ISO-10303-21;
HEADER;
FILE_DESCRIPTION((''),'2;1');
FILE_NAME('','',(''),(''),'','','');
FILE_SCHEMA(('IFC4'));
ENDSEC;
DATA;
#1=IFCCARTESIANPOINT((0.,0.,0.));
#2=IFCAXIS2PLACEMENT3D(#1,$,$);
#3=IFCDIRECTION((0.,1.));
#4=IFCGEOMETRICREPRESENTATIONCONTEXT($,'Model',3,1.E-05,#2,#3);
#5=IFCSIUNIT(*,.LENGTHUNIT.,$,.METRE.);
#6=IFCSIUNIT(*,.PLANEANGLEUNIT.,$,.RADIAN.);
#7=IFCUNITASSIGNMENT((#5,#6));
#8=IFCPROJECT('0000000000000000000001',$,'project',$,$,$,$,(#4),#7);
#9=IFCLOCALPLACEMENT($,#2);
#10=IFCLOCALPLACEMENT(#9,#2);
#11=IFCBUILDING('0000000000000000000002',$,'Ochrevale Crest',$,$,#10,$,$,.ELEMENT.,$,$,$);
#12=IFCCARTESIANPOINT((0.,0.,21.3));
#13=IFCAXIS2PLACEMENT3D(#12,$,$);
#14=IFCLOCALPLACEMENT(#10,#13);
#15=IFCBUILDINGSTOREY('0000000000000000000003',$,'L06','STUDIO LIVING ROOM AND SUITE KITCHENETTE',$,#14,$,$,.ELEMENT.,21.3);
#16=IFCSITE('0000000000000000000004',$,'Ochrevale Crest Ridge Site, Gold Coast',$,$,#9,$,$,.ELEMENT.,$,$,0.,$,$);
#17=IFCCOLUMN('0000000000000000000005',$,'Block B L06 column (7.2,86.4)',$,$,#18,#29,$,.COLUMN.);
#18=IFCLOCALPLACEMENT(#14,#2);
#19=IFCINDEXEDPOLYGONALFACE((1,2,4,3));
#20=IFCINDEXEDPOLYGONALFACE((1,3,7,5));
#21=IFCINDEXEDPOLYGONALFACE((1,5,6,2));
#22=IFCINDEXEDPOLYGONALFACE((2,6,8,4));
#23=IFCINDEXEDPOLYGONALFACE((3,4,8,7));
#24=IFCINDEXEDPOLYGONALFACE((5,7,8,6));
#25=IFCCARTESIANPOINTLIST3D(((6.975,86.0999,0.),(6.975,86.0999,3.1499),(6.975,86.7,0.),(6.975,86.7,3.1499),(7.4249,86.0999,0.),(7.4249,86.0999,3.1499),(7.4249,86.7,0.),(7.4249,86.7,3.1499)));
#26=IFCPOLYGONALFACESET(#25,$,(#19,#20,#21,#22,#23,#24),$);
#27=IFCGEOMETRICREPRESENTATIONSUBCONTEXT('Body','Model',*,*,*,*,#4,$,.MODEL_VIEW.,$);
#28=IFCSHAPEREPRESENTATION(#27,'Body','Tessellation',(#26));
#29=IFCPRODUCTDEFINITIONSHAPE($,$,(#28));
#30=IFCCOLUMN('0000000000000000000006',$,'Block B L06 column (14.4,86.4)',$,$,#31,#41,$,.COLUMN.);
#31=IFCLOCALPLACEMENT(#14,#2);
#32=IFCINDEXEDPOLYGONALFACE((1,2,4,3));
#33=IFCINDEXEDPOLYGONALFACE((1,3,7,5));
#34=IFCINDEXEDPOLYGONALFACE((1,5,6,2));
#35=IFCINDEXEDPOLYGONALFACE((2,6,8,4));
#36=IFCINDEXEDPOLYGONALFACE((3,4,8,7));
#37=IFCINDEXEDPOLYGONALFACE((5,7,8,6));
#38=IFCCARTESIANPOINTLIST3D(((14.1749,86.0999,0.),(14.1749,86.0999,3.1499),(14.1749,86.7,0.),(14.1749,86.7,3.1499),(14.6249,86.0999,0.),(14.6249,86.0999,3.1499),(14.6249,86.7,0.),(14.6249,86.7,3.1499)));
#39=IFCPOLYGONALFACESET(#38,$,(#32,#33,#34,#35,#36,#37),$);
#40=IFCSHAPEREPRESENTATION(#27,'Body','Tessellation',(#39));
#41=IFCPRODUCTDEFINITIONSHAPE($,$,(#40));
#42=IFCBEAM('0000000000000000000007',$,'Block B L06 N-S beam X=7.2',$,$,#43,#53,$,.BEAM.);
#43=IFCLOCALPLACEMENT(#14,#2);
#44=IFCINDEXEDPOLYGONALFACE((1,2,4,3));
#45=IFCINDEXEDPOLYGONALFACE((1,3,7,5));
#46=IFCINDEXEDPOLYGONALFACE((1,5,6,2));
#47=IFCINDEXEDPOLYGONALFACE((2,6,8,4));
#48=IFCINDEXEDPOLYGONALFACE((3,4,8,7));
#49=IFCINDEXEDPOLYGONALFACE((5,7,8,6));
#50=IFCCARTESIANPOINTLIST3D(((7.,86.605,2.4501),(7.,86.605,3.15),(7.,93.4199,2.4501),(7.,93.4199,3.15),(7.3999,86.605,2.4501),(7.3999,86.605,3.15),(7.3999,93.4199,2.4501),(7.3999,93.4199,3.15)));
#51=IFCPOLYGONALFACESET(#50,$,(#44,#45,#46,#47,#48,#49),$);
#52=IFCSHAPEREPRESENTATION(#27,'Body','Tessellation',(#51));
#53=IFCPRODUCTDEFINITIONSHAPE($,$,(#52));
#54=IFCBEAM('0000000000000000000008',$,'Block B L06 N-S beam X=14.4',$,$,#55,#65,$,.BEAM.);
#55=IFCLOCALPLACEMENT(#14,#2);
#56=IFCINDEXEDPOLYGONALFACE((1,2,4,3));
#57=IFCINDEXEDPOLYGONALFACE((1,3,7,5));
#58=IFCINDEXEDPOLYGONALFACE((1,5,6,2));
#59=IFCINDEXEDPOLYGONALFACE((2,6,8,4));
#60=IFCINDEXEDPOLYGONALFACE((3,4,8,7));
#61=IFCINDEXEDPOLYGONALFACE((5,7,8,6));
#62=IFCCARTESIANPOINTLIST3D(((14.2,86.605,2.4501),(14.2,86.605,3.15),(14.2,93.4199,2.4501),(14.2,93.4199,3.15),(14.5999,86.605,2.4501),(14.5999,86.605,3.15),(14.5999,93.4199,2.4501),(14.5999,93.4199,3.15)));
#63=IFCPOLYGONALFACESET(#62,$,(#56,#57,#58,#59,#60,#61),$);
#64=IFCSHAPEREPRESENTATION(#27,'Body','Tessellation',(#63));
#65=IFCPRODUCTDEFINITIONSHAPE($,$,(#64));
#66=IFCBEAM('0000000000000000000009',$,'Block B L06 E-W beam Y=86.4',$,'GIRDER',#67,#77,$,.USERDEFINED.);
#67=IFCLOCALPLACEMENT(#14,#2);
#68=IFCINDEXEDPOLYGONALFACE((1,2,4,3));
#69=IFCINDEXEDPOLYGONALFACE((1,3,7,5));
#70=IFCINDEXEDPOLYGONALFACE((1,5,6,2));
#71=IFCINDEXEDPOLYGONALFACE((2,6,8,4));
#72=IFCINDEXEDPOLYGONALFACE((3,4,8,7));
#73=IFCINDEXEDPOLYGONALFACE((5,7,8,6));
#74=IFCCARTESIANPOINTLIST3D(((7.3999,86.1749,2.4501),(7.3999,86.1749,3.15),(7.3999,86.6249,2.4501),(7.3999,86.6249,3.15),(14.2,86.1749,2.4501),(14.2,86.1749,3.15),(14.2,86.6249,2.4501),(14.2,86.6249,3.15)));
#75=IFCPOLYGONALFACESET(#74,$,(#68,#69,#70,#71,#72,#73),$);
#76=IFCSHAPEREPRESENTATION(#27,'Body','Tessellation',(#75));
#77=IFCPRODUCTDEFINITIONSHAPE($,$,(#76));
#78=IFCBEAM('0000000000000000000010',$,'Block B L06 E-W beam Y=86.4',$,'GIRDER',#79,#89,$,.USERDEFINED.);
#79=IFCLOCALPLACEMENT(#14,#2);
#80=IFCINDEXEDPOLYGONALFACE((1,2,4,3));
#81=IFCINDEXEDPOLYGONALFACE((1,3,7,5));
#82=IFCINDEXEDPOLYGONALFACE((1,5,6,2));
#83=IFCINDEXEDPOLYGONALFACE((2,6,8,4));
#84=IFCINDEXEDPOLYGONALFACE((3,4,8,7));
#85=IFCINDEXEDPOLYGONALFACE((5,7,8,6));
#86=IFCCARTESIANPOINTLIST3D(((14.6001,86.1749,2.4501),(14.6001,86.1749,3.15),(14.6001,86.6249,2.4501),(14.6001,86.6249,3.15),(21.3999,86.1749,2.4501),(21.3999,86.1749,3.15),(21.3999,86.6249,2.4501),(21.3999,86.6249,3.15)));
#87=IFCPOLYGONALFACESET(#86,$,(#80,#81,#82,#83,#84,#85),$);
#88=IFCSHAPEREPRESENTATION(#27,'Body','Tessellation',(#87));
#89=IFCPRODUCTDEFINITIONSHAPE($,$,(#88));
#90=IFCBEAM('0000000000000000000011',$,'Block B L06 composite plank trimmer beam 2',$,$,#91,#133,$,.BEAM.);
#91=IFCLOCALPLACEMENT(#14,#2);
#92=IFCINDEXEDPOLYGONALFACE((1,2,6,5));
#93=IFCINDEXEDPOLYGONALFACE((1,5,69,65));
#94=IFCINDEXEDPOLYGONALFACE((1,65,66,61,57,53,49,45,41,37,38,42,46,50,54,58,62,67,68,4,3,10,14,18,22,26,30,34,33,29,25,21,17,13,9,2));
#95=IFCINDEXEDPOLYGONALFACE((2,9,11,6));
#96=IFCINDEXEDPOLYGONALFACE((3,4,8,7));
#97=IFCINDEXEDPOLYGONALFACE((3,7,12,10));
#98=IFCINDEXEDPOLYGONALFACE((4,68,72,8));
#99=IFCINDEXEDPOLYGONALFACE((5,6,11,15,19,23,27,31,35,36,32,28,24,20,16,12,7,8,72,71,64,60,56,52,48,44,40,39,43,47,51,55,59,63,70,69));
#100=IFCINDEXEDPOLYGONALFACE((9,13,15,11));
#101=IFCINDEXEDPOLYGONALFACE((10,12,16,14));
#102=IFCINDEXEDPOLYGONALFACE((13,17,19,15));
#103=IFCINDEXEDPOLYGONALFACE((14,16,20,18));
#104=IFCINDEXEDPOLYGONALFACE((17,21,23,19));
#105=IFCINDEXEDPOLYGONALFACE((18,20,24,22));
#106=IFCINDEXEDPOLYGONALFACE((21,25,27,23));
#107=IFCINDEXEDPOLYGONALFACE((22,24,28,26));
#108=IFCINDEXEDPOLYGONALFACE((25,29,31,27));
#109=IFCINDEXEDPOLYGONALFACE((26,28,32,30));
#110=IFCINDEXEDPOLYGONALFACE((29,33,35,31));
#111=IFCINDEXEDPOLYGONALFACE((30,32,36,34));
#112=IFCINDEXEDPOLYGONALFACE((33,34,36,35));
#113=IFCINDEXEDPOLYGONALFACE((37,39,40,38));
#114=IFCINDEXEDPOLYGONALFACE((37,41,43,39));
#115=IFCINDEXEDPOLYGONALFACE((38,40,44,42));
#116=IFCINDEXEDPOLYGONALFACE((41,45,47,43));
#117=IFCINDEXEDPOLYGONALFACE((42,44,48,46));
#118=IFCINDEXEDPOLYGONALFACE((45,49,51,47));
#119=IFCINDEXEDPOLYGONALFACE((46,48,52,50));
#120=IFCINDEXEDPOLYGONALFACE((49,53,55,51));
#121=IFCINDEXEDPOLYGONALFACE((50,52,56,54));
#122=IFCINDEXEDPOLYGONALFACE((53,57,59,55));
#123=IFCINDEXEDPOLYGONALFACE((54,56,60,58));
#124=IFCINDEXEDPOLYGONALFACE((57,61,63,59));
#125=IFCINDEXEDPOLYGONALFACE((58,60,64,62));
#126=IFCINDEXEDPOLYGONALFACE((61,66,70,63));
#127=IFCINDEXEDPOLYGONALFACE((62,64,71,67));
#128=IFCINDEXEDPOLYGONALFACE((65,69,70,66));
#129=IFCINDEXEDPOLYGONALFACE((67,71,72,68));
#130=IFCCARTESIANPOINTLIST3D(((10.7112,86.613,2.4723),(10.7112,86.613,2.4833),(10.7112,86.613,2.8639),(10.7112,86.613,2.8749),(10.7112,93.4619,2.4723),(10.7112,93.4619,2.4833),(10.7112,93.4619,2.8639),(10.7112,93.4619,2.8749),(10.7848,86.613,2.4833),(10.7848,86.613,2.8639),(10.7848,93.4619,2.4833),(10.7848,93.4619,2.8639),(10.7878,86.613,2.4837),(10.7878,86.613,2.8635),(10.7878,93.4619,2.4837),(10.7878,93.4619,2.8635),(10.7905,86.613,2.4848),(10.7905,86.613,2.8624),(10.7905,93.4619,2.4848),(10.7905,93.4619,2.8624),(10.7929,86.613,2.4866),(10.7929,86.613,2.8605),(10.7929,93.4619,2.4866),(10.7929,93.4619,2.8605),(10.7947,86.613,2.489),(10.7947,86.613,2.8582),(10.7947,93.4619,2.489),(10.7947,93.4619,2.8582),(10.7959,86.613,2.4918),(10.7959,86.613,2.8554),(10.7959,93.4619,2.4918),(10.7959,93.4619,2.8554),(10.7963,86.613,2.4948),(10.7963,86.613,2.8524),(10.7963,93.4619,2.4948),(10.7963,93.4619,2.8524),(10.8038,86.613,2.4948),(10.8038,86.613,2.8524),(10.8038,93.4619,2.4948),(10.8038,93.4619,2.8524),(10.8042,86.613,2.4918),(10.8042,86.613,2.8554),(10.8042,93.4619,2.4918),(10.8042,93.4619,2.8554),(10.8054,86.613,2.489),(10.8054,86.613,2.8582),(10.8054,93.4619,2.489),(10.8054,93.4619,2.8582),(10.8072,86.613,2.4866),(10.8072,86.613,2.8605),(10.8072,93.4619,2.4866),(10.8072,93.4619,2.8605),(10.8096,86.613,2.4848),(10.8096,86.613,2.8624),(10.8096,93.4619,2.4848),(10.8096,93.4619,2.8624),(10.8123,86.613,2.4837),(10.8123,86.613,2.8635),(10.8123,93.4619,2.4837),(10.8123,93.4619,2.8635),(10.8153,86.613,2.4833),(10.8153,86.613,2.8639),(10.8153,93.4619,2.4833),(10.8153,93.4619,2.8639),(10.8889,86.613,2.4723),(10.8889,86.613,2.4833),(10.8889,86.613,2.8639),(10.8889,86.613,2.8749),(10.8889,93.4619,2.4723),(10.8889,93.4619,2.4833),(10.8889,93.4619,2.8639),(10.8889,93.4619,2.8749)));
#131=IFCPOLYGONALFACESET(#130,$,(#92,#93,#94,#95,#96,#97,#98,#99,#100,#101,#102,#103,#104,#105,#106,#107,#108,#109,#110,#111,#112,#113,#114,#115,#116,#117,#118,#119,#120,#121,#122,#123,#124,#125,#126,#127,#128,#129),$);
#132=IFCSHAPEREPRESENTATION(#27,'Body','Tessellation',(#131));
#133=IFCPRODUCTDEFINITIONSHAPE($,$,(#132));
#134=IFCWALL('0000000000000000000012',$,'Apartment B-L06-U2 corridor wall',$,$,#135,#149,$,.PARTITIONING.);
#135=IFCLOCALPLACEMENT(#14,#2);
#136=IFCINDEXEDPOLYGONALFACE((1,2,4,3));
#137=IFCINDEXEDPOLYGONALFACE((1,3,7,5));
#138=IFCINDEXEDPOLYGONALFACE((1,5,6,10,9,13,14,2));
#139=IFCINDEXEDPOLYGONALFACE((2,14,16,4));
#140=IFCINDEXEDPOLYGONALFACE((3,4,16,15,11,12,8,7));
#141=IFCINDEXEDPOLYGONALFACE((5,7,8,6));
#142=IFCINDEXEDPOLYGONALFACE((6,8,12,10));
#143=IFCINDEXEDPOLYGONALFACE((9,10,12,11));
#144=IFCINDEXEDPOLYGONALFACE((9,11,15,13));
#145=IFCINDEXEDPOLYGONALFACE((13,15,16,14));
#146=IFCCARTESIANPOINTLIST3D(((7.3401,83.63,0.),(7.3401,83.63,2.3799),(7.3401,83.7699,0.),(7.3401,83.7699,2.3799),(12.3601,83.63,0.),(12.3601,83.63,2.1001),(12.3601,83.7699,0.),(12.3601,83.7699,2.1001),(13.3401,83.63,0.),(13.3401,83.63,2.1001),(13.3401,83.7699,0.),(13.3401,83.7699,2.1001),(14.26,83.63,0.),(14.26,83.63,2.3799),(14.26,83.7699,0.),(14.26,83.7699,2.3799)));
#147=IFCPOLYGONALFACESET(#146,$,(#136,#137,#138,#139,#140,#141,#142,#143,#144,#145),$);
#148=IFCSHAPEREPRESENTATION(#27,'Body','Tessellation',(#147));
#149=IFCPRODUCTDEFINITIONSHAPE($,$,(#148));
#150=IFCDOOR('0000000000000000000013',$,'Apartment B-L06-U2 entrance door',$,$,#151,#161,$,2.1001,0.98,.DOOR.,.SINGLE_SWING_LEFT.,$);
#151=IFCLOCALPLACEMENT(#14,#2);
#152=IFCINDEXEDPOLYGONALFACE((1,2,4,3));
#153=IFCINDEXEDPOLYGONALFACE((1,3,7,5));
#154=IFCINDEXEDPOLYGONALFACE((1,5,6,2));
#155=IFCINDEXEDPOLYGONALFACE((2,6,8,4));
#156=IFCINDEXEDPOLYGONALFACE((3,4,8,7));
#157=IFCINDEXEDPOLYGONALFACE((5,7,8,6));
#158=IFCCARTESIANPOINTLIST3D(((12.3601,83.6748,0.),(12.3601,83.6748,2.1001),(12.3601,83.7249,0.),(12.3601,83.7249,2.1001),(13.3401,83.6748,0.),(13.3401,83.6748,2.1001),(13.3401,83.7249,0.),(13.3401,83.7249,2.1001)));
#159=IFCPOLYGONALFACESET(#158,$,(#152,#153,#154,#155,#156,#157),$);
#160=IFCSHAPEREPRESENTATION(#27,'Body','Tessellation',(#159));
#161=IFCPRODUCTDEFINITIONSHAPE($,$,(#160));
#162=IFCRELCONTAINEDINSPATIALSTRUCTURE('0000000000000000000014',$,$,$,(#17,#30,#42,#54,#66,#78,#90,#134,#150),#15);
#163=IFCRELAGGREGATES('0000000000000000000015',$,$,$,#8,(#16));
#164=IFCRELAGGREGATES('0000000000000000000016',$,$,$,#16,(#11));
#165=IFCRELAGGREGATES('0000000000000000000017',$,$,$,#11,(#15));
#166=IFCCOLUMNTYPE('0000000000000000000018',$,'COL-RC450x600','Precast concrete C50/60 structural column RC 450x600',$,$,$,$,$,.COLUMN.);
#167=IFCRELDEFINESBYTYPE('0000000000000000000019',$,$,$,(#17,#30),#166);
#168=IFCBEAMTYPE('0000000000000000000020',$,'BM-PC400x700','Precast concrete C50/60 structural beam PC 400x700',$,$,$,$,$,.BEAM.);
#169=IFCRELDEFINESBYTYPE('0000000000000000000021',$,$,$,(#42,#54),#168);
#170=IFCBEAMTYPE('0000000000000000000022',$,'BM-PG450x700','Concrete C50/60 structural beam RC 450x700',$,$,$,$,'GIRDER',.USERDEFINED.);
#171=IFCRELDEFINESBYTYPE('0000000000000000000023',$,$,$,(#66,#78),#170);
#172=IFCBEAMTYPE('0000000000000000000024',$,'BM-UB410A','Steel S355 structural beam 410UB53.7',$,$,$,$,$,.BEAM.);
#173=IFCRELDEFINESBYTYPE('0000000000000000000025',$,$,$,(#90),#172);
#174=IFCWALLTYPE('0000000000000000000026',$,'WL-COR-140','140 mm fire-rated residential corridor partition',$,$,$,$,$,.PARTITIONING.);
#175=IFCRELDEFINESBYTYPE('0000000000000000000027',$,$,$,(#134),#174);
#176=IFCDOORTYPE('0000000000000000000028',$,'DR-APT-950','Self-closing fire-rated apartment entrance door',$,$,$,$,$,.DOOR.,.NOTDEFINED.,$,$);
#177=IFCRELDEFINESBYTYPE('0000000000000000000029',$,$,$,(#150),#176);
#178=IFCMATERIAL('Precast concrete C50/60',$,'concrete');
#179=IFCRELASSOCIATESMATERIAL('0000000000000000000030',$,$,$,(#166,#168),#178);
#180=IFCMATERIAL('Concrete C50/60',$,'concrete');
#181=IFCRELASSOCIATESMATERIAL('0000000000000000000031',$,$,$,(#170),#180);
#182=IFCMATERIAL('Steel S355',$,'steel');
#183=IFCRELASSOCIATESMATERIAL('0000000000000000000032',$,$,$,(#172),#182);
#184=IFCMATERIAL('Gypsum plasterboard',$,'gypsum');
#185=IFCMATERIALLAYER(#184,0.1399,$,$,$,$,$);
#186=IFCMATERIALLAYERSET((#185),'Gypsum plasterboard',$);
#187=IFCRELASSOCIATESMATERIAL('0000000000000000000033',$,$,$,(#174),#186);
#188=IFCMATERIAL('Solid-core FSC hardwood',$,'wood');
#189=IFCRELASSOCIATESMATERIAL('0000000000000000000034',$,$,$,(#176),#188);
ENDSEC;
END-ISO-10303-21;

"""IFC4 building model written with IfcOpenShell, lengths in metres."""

from ifc_helpers import new_model, si_unit, direction, frame, frame_2d, origin, origin_2d, place, context, subcontext, project, spatial, rectangle, i_section, extrude, material, layer, layer_set, material_profile, profile_set, type_object, element, fill, save


model = new_model("IFC4")

# Units and contexts
model_context = context("Model", 3, precision=1e-05, world=origin(), true_north=direction((0.0, 1.0)))
body_context = subcontext(model_context, "Body", "Model", "MODEL_VIEW")
ifc_project = project(units=[si_unit("LENGTHUNIT", "METRE"), si_unit("PLANEANGLEUNIT", "RADIAN")], contexts=[model_context])

# Site, building, storey
site_placement = place(None, origin())
site = spatial("IfcSite", under=ifc_project, at=site_placement, Name="Ochrevale Crest Ridge Site, Gold Coast", CompositionType="ELEMENT", RefElevation=0.0)
building_placement = place(site_placement, origin())
building = spatial("IfcBuilding", under=site, at=building_placement, Name="Ochrevale Crest", CompositionType="ELEMENT")
storey_placement = place(building_placement, frame((0.0, 0.0, 21.3)))
storey = spatial("IfcBuildingStorey", under=building, at=storey_placement, Name="L06", Description="STUDIO LIVING ROOM AND SUITE KITCHENETTE", CompositionType="ELEMENT", Elevation=21.3)

# Columns
ifc_material_1 = material(Name="Precast concrete C50/60", Category="concrete")
ifc_material_profile_1 = material_profile(ifc_material_1, rectangle(XDim=0.45, YDim=0.6001, at=origin_2d()), Name="RC 450x600")
ifc_profile_set_1 = profile_set([ifc_material_profile_1], Name="Precast concrete C50/60")
column_type = type_object("IfcColumnType", Name="COL-RC450x600", Description="Precast concrete C50/60 structural column RC 450x600", PredefinedType="COLUMN", material=ifc_profile_set_1)
for number, where, z_axis, x_axis, name in (
    (1, (7.2, 86.3999, 0.0), (0.0, 0.0, 1.0), (1.0, 0.0, 0.0), "Block B L06 column (7.2,86.4)"),
    (2, (14.3999, 86.3999, 0.0), (0.0, 0.0, 1.0), (1.0, 0.0, 0.0), "Block B L06 column (14.4,86.4)"),
):
    element("IfcColumn", number, at=place(storey_placement, frame(where, z_axis=z_axis, x_axis=x_axis)), inside=storey, type_object=column_type, Name=name, PredefinedType="COLUMN", context=body_context, shape_type="SweptSolid", body=[
        extrude(rectangle(XDim=0.45, YDim=0.6001, at=origin_2d()), origin(), (0.0, 0.0, 1.0), 3.1499),
    ])

# Beams
ifc_material_profile_2 = material_profile(ifc_material_1, rectangle(XDim=0.3999, YDim=0.7, at=origin_2d()), Name="PC 400x700")
ifc_profile_set_2 = profile_set([ifc_material_profile_2], Name="Precast concrete C50/60")
beam_type_1 = type_object("IfcBeamType", Name="BM-PC400x700", Description="Precast concrete C50/60 structural beam PC 400x700", PredefinedType="BEAM", material=ifc_profile_set_2)
for number, where, z_axis, x_axis, name in (
    (3, (7.2, 86.605, 2.8), (0.0, 1.0, 0.0), (-1.0, 0.0, 0.0), "Block B L06 N-S beam X=7.2"),
    (4, (14.3999, 86.605, 2.8), (0.0, 1.0, 0.0), (-1.0, 0.0, 0.0), "Block B L06 N-S beam X=14.4"),
):
    element("IfcBeam", number, at=place(storey_placement, frame(where, z_axis=z_axis, x_axis=x_axis)), inside=storey, type_object=beam_type_1, Name=name, PredefinedType="BEAM", context=body_context, shape_type="SweptSolid", body=[
        extrude(rectangle(XDim=0.3999, YDim=0.7, at=origin_2d()), origin(), (0.0, 0.0, 1.0), 6.8149),
    ])
ifc_material_2 = material(Name="Concrete C50/60", Category="concrete")
ifc_material_profile_3 = material_profile(ifc_material_2, rectangle(XDim=0.45, YDim=0.7, at=origin_2d()), Name="RC 450x700")
ifc_profile_set_3 = profile_set([ifc_material_profile_3], Name="Concrete C50/60")
beam_type_2 = type_object("IfcBeamType", Name="BM-PG450x700", Description="Concrete C50/60 structural beam RC 450x700", ElementType="GIRDER", PredefinedType="USERDEFINED", material=ifc_profile_set_3)
beam_1_placement = place(storey_placement, frame((7.3999, 86.3999, 2.8), z_axis=(1.0, 0.0, 0.0), x_axis=(0.0, 1.0, 0.0)))
element("IfcBeam", 5, at=beam_1_placement, inside=storey, type_object=beam_type_2, Name="Block B L06 E-W beam Y=86.4", ObjectType="GIRDER", PredefinedType="USERDEFINED", context=body_context, shape_type="SweptSolid", body=[
    extrude(rectangle(XDim=0.45, YDim=0.7, at=origin_2d()), origin(), (0.0, 0.0, 1.0), 6.8),
])
beam_2_placement = place(storey_placement, frame((14.6001, 86.3999, 2.8), z_axis=(1.0, 0.0, 0.0), x_axis=(0.0, 1.0, 0.0)))
element("IfcBeam", 6, at=beam_2_placement, inside=storey, type_object=beam_type_2, Name="Block B L06 E-W beam Y=86.4", ObjectType="GIRDER", PredefinedType="USERDEFINED", context=body_context, shape_type="SweptSolid", body=[
    extrude(rectangle(XDim=0.45, YDim=0.7, at=origin_2d()), origin(), (0.0, 0.0, 1.0), 6.7998),
])
ifc_material_3 = material(Name="Steel S355", Category="steel")
ifc_material_profile_4 = material_profile(ifc_material_3, i_section(OverallWidth=0.1777, OverallDepth=0.4026, WebThickness=0.0076, FlangeThickness=0.011, FilletRadius=0.0115, at=origin_2d()), Name="410UB53.7")
ifc_profile_set_4 = profile_set([ifc_material_profile_4], Name="Steel S355")
beam_type_3 = type_object("IfcBeamType", Name="BM-UB410A", Description="Steel S355 structural beam 410UB53.7", PredefinedType="BEAM", material=ifc_profile_set_4)
beam_3_placement = place(storey_placement, frame((10.8, 86.613, 2.6736), z_axis=(0.0, 1.0, 0.0), x_axis=(-1.0, 0.0, 0.0)))
element("IfcBeam", 7, at=beam_3_placement, inside=storey, type_object=beam_type_3, Name="Block B L06 composite plank trimmer beam 2", PredefinedType="BEAM", context=body_context, shape_type="SweptSolid", body=[
    extrude(i_section(OverallWidth=0.1777, OverallDepth=0.4026, WebThickness=0.0076, FlangeThickness=0.011, FilletRadius=0.0115, at=origin_2d()), origin(), (0.0, 0.0, 1.0), 6.8489),
])

# Wall, opening, door
ifc_material_4 = material(Name="Gypsum plasterboard", Category="gypsum")
ifc_layer_1 = layer(ifc_material_4, 0.1399)
ifc_layer_set_1 = layer_set([ifc_layer_1], Name="Gypsum plasterboard")
wall_type_1 = type_object("IfcWallType", Name="WL-COR-140", Description="140 mm fire-rated residential corridor partition", PredefinedType="PARTITIONING", material=ifc_layer_set_1)
wall_1_placement = place(storey_placement, frame((7.3401, 83.7, 0.0), z_axis=(0.0, 0.0, 1.0), x_axis=(1.0, 0.0, 0.0)))
wall_1 = element("IfcWall", 8, at=wall_1_placement, inside=storey, type_object=wall_type_1, Name="Apartment B-L06-U2 corridor wall", PredefinedType="PARTITIONING", context=body_context, shape_type="SweptSolid", body=[
    extrude(rectangle(XDim=6.9199, YDim=0.1399, at=frame_2d((3.46, 0.0))), origin(), (0.0, 0.0, 1.0), 2.3799),
])
opening_1_placement = place(wall_1_placement, frame((5.02, 0.0, 0.0)))
opening_1 = element("IfcOpeningElement", 9, at=opening_1_placement, cuts=wall_1, PredefinedType="OPENING", context=body_context, shape_type="SweptSolid", body=[
    extrude(rectangle(XDim=0.98, YDim=2.1001, at=frame_2d((0.49, 1.05))), frame((0.0, 0.0801, 0.0), z_axis=(0.0, -1.0, 0.0), x_axis=(1.0, 0.0, 0.0)), (0.0, 0.0, 1.0), 0.1599),
])
ifc_material_5 = material(Name="Solid-core FSC hardwood", Category="wood")
door_type_1 = type_object("IfcDoorType", Name="DR-APT-950", Description="Self-closing fire-rated apartment entrance door", OperationType="NOTDEFINED", PredefinedType="DOOR", material=ifc_material_5)
door_1_placement = place(opening_1_placement, origin())
door_1 = element("IfcDoor", 10, at=door_1_placement, inside=storey, type_object=door_type_1, Name="Apartment B-L06-U2 entrance door", OperationType="SINGLE_SWING_LEFT", OverallHeight=2.1001, OverallWidth=0.98, PredefinedType="DOOR", context=body_context, shape_type="SweptSolid", body=[
    extrude(rectangle(XDim=0.98, YDim=2.1001, at=frame_2d((0.49, 1.05))), frame((0.0, 0.0249, 0.0), z_axis=(0.0, -1.0, 0.0), x_axis=(1.0, 0.0, 0.0)), (0.0, 0.0, 1.0), 0.05),
])
fill(opening_1, door_1)

save(model, "model.ifc")
